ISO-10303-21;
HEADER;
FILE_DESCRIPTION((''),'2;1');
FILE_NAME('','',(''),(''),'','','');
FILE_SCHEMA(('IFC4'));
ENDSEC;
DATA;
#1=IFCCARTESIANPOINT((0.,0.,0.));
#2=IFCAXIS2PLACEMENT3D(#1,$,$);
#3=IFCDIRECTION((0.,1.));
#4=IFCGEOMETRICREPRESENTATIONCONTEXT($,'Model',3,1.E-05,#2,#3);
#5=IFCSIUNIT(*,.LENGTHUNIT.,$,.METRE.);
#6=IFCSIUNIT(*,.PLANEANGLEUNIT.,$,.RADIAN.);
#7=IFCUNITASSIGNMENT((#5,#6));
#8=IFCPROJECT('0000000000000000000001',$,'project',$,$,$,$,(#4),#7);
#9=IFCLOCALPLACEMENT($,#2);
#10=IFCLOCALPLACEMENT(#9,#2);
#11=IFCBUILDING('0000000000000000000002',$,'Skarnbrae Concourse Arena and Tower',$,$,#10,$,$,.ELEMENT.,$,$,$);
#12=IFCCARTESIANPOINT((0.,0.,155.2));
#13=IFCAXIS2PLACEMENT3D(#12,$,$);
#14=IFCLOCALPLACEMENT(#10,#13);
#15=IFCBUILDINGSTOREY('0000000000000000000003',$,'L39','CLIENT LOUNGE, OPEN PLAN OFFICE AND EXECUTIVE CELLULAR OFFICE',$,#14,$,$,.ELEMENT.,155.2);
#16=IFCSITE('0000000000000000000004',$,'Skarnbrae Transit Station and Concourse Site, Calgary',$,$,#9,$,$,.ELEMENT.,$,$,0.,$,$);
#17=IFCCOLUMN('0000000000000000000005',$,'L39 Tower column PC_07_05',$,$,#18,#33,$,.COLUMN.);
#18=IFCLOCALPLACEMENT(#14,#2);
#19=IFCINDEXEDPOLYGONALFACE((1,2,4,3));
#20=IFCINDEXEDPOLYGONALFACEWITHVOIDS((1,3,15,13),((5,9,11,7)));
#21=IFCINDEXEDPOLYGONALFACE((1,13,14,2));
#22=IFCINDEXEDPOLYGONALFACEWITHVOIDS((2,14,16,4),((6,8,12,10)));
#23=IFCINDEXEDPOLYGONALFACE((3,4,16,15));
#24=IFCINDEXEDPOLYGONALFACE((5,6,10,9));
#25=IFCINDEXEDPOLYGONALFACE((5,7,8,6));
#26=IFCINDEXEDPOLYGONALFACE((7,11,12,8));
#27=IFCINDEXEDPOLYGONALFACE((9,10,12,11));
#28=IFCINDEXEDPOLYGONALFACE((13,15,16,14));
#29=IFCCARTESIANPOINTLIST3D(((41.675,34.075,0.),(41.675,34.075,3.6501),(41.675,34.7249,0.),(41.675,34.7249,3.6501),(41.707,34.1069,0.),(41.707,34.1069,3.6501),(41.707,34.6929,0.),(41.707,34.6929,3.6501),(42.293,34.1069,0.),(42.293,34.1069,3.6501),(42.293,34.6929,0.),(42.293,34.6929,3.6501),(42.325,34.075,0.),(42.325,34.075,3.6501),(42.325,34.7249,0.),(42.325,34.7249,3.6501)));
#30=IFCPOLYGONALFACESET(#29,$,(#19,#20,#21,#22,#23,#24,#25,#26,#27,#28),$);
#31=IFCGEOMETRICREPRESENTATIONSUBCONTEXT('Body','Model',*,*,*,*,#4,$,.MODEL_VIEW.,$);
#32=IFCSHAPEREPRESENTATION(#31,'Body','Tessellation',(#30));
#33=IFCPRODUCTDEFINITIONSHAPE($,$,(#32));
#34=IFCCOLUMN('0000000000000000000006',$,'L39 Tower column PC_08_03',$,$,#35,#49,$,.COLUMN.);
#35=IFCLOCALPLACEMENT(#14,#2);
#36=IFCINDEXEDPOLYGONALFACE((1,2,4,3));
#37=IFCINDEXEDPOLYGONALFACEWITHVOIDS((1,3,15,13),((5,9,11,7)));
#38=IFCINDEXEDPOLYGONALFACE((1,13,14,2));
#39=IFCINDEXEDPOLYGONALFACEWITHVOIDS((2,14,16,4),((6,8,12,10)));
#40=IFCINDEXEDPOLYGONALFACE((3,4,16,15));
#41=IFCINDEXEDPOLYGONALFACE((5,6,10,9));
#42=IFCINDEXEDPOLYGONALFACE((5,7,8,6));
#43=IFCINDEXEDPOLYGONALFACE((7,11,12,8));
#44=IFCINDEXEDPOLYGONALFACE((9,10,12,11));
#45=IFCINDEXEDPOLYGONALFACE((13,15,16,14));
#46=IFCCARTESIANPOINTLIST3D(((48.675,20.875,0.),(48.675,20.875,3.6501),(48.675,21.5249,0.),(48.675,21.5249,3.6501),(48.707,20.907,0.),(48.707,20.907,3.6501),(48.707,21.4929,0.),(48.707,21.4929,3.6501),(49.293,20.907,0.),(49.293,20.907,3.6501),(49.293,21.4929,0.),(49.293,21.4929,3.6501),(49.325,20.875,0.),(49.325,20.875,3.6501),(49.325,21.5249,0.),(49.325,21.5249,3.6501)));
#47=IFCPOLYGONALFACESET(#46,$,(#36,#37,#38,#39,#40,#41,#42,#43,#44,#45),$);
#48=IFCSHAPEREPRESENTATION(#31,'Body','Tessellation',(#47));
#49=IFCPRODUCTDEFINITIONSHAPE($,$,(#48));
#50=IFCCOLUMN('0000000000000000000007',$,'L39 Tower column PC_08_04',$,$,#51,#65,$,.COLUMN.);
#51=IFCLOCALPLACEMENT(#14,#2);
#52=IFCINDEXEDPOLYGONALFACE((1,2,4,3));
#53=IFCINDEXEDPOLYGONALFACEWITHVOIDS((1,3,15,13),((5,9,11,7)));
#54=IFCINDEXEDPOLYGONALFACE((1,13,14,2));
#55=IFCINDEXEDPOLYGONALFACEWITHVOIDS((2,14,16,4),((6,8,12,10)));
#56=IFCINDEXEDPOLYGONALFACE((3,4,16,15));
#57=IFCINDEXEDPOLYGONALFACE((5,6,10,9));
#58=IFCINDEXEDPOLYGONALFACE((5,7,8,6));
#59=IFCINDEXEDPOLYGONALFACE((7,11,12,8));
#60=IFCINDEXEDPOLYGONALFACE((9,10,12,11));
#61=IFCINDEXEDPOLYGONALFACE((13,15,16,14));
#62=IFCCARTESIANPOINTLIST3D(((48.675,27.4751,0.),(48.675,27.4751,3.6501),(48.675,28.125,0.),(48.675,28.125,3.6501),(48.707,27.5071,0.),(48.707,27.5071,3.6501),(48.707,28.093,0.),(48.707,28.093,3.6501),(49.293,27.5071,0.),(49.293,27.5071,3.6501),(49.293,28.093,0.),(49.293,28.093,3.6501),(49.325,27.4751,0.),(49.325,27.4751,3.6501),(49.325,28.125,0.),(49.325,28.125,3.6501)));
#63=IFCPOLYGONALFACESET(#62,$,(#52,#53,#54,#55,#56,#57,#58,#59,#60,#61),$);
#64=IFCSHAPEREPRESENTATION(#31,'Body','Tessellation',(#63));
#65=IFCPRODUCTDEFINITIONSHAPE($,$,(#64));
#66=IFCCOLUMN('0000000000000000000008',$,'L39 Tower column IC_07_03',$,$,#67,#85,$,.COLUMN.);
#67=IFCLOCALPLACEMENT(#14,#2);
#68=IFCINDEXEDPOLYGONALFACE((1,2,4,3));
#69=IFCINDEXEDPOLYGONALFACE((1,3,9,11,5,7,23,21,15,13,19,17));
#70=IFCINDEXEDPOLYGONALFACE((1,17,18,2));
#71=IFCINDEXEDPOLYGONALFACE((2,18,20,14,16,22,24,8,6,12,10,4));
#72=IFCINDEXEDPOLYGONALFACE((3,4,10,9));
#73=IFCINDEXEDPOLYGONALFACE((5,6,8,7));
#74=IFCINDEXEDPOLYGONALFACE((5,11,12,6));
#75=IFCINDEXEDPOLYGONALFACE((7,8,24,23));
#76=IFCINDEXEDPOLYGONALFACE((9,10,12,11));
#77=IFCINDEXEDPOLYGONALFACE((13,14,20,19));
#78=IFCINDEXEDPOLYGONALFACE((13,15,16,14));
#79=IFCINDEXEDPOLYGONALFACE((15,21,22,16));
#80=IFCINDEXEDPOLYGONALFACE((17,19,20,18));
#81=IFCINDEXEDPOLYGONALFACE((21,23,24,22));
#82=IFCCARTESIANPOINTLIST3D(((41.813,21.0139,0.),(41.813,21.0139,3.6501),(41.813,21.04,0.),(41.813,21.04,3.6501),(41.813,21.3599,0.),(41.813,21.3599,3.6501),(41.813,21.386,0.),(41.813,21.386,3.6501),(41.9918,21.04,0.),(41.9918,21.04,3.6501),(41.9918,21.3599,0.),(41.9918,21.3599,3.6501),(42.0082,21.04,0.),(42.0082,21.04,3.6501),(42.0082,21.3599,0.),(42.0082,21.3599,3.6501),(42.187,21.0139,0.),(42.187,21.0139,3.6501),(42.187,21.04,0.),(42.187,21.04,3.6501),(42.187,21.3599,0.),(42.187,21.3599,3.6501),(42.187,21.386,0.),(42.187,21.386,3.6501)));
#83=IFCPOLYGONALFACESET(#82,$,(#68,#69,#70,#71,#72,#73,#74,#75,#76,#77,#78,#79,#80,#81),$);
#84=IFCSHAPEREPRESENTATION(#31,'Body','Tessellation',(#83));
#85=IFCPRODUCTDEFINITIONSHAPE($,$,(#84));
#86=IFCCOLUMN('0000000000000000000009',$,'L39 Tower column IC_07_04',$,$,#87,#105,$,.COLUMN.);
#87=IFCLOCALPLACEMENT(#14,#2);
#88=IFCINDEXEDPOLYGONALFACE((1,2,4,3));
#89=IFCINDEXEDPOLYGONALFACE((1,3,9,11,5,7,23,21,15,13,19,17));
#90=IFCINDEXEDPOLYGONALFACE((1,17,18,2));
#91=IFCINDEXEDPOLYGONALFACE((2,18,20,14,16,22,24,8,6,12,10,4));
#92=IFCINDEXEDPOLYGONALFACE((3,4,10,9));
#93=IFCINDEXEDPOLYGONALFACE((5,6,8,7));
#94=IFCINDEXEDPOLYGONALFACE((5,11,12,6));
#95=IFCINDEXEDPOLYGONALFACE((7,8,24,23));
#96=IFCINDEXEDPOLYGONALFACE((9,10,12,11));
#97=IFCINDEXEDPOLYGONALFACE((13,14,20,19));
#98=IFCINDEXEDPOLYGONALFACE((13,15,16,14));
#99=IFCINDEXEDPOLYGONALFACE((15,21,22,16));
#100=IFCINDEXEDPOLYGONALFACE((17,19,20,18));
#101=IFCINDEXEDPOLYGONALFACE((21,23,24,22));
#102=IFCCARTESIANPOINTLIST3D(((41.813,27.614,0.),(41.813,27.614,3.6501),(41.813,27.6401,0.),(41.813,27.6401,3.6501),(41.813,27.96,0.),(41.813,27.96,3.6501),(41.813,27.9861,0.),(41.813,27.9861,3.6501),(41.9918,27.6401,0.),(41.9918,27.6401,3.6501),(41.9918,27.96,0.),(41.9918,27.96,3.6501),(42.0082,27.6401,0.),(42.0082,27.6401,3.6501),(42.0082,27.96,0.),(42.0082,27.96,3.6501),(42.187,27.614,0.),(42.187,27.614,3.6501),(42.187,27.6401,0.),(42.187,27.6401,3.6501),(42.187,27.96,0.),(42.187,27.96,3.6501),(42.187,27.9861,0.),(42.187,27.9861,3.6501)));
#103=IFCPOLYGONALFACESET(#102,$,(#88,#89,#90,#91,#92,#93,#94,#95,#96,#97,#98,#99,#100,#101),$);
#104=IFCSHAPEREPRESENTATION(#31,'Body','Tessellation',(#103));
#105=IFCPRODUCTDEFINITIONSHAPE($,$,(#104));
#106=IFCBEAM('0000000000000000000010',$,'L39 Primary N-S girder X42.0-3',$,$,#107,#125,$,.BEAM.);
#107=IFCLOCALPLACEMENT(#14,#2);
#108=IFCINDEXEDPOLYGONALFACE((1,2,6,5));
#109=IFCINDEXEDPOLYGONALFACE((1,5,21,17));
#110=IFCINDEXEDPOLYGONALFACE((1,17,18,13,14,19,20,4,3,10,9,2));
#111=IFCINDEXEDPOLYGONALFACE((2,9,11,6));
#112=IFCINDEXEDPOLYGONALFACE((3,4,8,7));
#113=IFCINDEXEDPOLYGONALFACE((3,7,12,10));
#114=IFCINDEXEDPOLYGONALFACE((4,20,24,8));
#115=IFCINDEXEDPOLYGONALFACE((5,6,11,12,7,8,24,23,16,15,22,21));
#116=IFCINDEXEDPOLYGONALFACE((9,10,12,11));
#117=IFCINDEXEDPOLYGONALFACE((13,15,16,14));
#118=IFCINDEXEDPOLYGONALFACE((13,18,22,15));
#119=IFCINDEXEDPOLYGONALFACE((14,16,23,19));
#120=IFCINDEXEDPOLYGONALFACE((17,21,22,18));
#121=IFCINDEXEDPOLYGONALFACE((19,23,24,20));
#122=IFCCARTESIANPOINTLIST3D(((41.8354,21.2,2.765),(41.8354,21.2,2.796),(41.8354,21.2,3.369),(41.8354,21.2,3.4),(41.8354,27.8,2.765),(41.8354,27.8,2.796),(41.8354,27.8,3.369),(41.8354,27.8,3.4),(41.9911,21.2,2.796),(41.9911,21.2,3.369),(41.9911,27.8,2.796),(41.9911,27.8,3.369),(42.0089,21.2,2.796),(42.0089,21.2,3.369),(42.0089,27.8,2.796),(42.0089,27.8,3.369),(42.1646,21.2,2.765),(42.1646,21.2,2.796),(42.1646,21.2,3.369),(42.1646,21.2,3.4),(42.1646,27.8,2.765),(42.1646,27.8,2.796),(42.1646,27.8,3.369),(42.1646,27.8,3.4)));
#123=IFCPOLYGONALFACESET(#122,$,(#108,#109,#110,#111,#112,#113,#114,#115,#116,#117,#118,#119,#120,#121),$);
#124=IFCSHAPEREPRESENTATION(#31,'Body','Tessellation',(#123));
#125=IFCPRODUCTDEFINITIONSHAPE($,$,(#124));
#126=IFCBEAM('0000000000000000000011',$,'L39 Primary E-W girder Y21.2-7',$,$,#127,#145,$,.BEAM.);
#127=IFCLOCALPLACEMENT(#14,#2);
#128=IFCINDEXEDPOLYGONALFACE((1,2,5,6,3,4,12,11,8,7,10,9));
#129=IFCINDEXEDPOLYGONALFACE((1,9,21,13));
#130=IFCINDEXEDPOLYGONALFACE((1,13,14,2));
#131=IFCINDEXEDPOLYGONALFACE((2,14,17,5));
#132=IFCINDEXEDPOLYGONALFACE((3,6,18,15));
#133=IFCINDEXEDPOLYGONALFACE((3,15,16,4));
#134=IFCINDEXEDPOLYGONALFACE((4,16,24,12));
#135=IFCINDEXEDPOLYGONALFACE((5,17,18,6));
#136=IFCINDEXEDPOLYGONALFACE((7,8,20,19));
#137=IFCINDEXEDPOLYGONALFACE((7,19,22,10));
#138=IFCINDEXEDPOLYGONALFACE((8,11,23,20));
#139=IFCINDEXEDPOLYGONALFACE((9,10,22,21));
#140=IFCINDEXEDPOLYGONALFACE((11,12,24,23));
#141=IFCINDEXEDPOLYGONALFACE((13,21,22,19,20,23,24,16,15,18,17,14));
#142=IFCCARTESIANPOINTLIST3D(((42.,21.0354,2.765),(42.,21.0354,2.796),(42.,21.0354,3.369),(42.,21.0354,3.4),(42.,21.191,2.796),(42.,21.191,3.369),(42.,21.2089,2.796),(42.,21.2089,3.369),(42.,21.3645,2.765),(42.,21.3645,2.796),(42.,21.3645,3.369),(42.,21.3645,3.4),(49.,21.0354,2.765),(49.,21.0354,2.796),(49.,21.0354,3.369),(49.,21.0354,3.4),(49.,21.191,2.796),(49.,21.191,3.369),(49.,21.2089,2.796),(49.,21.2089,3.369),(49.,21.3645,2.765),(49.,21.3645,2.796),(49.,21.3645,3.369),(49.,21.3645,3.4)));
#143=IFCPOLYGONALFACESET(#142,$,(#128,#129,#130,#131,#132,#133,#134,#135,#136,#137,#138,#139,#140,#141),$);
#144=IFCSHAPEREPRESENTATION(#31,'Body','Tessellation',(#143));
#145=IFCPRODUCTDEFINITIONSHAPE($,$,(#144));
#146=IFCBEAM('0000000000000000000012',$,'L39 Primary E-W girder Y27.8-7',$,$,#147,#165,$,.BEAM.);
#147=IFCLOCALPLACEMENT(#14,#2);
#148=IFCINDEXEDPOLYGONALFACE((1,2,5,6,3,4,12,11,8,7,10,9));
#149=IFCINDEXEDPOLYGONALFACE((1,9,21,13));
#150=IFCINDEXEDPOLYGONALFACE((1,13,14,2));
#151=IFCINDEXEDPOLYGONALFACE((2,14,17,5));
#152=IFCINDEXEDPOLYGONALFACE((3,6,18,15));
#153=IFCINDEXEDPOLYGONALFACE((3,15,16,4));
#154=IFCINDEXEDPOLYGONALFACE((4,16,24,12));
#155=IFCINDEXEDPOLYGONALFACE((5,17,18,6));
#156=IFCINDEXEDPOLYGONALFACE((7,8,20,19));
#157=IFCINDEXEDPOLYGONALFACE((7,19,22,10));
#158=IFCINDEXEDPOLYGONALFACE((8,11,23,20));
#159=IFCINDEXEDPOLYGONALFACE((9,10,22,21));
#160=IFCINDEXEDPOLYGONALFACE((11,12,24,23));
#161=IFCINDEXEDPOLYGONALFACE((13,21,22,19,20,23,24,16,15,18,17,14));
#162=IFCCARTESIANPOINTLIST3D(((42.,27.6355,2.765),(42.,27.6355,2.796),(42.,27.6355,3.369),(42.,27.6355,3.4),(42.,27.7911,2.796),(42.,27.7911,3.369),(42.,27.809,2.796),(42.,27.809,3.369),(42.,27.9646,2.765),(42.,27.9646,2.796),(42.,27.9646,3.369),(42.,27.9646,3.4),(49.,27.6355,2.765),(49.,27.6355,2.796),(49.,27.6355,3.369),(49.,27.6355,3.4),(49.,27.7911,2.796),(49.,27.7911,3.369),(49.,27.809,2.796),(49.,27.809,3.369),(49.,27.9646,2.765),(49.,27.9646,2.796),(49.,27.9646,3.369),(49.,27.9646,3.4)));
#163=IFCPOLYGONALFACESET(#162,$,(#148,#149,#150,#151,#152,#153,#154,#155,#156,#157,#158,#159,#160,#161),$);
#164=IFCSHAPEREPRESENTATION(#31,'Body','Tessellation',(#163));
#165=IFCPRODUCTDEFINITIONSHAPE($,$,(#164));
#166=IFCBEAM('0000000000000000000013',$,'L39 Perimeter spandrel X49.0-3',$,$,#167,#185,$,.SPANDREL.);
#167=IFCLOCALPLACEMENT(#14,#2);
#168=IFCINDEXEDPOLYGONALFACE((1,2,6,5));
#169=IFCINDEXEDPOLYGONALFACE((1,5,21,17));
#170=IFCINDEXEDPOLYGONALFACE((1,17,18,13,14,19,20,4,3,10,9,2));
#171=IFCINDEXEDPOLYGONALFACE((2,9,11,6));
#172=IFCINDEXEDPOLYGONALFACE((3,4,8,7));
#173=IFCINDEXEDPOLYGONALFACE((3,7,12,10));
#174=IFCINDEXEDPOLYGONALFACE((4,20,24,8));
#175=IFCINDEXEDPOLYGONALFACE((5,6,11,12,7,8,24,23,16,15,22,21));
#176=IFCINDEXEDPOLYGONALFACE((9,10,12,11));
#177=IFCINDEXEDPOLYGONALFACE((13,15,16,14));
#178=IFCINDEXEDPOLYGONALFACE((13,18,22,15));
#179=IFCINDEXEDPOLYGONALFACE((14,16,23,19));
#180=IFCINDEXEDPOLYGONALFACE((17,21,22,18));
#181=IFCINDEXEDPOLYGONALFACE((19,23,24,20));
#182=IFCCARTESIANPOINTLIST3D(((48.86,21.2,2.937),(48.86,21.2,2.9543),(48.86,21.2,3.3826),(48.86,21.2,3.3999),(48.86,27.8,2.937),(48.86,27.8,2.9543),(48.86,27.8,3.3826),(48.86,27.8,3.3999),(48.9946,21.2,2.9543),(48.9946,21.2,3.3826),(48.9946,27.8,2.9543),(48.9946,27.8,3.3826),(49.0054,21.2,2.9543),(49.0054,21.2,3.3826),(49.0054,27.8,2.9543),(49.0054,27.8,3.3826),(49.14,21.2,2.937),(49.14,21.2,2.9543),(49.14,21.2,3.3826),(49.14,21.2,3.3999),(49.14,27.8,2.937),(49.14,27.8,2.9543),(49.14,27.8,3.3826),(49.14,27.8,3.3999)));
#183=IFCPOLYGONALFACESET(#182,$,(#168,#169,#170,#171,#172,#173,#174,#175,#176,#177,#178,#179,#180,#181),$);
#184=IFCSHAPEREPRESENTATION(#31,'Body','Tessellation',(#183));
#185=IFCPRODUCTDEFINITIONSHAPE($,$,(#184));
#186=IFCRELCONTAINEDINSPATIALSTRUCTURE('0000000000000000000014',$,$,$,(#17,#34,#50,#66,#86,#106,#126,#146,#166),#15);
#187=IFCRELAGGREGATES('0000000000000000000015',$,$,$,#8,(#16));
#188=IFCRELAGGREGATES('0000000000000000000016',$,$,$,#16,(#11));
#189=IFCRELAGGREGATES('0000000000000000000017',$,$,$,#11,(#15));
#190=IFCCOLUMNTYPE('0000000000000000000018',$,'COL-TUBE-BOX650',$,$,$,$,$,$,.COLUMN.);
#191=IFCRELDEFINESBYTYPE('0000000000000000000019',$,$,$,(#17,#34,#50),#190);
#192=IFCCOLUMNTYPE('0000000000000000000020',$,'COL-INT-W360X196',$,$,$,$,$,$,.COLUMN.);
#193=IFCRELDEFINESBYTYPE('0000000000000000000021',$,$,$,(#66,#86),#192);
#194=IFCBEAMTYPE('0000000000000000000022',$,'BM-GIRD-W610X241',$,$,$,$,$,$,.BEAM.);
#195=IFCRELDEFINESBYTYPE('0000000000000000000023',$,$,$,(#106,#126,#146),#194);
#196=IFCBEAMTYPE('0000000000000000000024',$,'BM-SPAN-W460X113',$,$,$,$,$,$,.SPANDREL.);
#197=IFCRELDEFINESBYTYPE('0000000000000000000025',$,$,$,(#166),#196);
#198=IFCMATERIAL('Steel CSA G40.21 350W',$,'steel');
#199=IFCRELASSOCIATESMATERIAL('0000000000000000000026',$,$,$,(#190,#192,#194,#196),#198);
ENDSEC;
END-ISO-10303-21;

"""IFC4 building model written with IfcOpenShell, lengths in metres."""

from ifc_helpers import new_model, si_unit, direction, frame, origin, origin_2d, place, context, subcontext, project, spatial, hollow_rectangle, i_section, extrude, source, transform, mapped, material, material_profile, profile_set, type_object, element, save


model = new_model("IFC4")

# Units and contexts
model_context = context("Model", 3, precision=1e-05, world=origin(), true_north=direction((0.0, 1.0)))
body_context = subcontext(model_context, "Body", "Model", "MODEL_VIEW")
ifc_project = project(units=[si_unit("LENGTHUNIT", "METRE"), si_unit("PLANEANGLEUNIT", "RADIAN")], contexts=[model_context])

# Site, building, storey
site_placement = place(None, origin())
site = spatial("IfcSite", under=ifc_project, at=site_placement, Name="Skarnbrae Transit Station and Concourse Site, Calgary", CompositionType="ELEMENT", RefElevation=0.0)
building_placement = place(site_placement, origin())
building = spatial("IfcBuilding", under=site, at=building_placement, Name="Skarnbrae Concourse Arena and Tower", CompositionType="ELEMENT")
storey_placement = place(building_placement, frame((0.0, 0.0, 155.2)))
storey = spatial("IfcBuildingStorey", under=building, at=storey_placement, Name="L39", Description="CLIENT LOUNGE, OPEN PLAN OFFICE AND EXECUTIVE CELLULAR OFFICE", CompositionType="ELEMENT", Elevation=155.2)

# Columns
ifc_material_1 = material(Name="Steel CSA G40.21 350W", Category="steel")
ifc_material_profile_1 = material_profile(ifc_material_1, hollow_rectangle(XDim=0.6499, YDim=0.6499, WallThickness=0.032, at=origin_2d()), Name="BOX650X650X32")
ifc_profile_set_1 = profile_set([ifc_material_profile_1], Name="Steel CSA G40.21 350W")
column_type_1 = type_object("IfcColumnType", Name="COL-TUBE-BOX650", PredefinedType="COLUMN", material=ifc_profile_set_1)
shared_shape_1 = source(origin(), body_context, "Body", "SweptSolid", [
    extrude(hollow_rectangle(XDim=0.6499, YDim=0.6499, WallThickness=0.032, at=origin_2d()), origin(), (0.0, 0.0, 1.0), 3.6501),
])
for number, where, z_axis, x_axis, name in (
    (1, (42.0, 34.3999, 0.0), (0.0, 0.0, 1.0), (1.0, 0.0, 0.0), "L39 Tower column PC_07_05"),
    (2, (49.0, 21.2, 0.0), (0.0, 0.0, 1.0), (1.0, 0.0, 0.0), "L39 Tower column PC_08_03"),
    (3, (49.0, 27.8, 0.0), (0.0, 0.0, 1.0), (1.0, 0.0, 0.0), "L39 Tower column PC_08_04"),
):
    element("IfcColumn", number, at=place(storey_placement, frame(where, z_axis=z_axis, x_axis=x_axis)), inside=storey, type_object=column_type_1, Name=name, PredefinedType="COLUMN", context=body_context, shape_type="MappedRepresentation", body=[
        mapped(shared_shape_1, transform((0.0, 0.0, 0.0))),
    ])
ifc_material_profile_2 = material_profile(ifc_material_1, i_section(OverallWidth=0.374, OverallDepth=0.3721, WebThickness=0.0164, FlangeThickness=0.0261, at=origin_2d()), Name="W360X196")
ifc_profile_set_2 = profile_set([ifc_material_profile_2], Name="Steel CSA G40.21 350W")
column_type_2 = type_object("IfcColumnType", Name="COL-INT-W360X196", PredefinedType="COLUMN", material=ifc_profile_set_2)
shared_shape_2 = source(origin(), body_context, "Body", "SweptSolid", [
    extrude(i_section(OverallWidth=0.374, OverallDepth=0.3721, WebThickness=0.0164, FlangeThickness=0.0261, at=origin_2d()), origin(), (0.0, 0.0, 1.0), 3.6501),
])
for number, where, z_axis, x_axis, name in (
    (4, (42.0, 21.2, 0.0), (0.0, 0.0, 1.0), (1.0, 0.0, 0.0), "L39 Tower column IC_07_03"),
    (5, (42.0, 27.8, 0.0), (0.0, 0.0, 1.0), (1.0, 0.0, 0.0), "L39 Tower column IC_07_04"),
):
    element("IfcColumn", number, at=place(storey_placement, frame(where, z_axis=z_axis, x_axis=x_axis)), inside=storey, type_object=column_type_2, Name=name, PredefinedType="COLUMN", context=body_context, shape_type="MappedRepresentation", body=[
        mapped(shared_shape_2, transform((0.0, 0.0, 0.0))),
    ])

# Beams
ifc_material_profile_3 = material_profile(ifc_material_1, i_section(OverallWidth=0.3291, OverallDepth=0.635, WebThickness=0.0178, FlangeThickness=0.031, at=origin_2d()), Name="W610X241")
ifc_profile_set_3 = profile_set([ifc_material_profile_3], Name="Steel CSA G40.21 350W")
beam_type_1 = type_object("IfcBeamType", Name="BM-GIRD-W610X241", PredefinedType="BEAM", material=ifc_profile_set_3)
shared_shape_3 = source(origin(), body_context, "Body", "SweptSolid", [
    extrude(i_section(OverallWidth=0.3291, OverallDepth=0.635, WebThickness=0.0178, FlangeThickness=0.031, at=origin_2d()), origin(), (0.0, 0.0, 1.0), 6.6001),
])
beam_1_placement = place(storey_placement, frame((42.0, 21.2, 3.0825), z_axis=(0.0, 1.0, 0.0), x_axis=(-1.0, 0.0, 0.0)))
element("IfcBeam", 6, at=beam_1_placement, inside=storey, type_object=beam_type_1, Name="L39 Primary N-S girder X42.0-3", PredefinedType="BEAM", context=body_context, shape_type="MappedRepresentation", body=[
    mapped(shared_shape_3, transform((0.0, 0.0, 0.0))),
])
shared_shape_4 = source(origin(), body_context, "Body", "SweptSolid", [
    extrude(i_section(OverallWidth=0.3291, OverallDepth=0.635, WebThickness=0.0178, FlangeThickness=0.031, at=origin_2d()), origin(), (0.0, 0.0, 1.0), 7.0),
])
for number, where, z_axis, x_axis, name in (
    (7, (42.0, 21.2, 3.0825), (1.0, 0.0, 0.0), (0.0, 1.0, 0.0), "L39 Primary E-W girder Y21.2-7"),
    (8, (42.0, 27.8, 3.0825), (1.0, 0.0, 0.0), (0.0, 1.0, 0.0), "L39 Primary E-W girder Y27.8-7"),
):
    element("IfcBeam", number, at=place(storey_placement, frame(where, z_axis=z_axis, x_axis=x_axis)), inside=storey, type_object=beam_type_1, Name=name, PredefinedType="BEAM", context=body_context, shape_type="MappedRepresentation", body=[
        mapped(shared_shape_4, transform((0.0, 0.0, 0.0))),
    ])
ifc_material_profile_4 = material_profile(ifc_material_1, i_section(OverallWidth=0.28, OverallDepth=0.4629, WebThickness=0.0107, FlangeThickness=0.0173, at=origin_2d()), Name="W460X113")
ifc_profile_set_4 = profile_set([ifc_material_profile_4], Name="Steel CSA G40.21 350W")
beam_type_2 = type_object("IfcBeamType", Name="BM-SPAN-W460X113", PredefinedType="SPANDREL", material=ifc_profile_set_4)
shared_shape_5 = source(origin(), body_context, "Body", "SweptSolid", [
    extrude(i_section(OverallWidth=0.28, OverallDepth=0.4629, WebThickness=0.0107, FlangeThickness=0.0173, at=origin_2d()), origin(), (0.0, 0.0, 1.0), 6.6001),
])
beam_2_placement = place(storey_placement, frame((49.0, 21.2, 3.1685), z_axis=(0.0, 1.0, 0.0), x_axis=(-1.0, 0.0, 0.0)))
element("IfcBeam", 9, at=beam_2_placement, inside=storey, type_object=beam_type_2, Name="L39 Perimeter spandrel X49.0-3", PredefinedType="SPANDREL", context=body_context, shape_type="MappedRepresentation", body=[
    mapped(shared_shape_5, transform((0.0, 0.0, 0.0))),
])

save(model, "model.ifc")
